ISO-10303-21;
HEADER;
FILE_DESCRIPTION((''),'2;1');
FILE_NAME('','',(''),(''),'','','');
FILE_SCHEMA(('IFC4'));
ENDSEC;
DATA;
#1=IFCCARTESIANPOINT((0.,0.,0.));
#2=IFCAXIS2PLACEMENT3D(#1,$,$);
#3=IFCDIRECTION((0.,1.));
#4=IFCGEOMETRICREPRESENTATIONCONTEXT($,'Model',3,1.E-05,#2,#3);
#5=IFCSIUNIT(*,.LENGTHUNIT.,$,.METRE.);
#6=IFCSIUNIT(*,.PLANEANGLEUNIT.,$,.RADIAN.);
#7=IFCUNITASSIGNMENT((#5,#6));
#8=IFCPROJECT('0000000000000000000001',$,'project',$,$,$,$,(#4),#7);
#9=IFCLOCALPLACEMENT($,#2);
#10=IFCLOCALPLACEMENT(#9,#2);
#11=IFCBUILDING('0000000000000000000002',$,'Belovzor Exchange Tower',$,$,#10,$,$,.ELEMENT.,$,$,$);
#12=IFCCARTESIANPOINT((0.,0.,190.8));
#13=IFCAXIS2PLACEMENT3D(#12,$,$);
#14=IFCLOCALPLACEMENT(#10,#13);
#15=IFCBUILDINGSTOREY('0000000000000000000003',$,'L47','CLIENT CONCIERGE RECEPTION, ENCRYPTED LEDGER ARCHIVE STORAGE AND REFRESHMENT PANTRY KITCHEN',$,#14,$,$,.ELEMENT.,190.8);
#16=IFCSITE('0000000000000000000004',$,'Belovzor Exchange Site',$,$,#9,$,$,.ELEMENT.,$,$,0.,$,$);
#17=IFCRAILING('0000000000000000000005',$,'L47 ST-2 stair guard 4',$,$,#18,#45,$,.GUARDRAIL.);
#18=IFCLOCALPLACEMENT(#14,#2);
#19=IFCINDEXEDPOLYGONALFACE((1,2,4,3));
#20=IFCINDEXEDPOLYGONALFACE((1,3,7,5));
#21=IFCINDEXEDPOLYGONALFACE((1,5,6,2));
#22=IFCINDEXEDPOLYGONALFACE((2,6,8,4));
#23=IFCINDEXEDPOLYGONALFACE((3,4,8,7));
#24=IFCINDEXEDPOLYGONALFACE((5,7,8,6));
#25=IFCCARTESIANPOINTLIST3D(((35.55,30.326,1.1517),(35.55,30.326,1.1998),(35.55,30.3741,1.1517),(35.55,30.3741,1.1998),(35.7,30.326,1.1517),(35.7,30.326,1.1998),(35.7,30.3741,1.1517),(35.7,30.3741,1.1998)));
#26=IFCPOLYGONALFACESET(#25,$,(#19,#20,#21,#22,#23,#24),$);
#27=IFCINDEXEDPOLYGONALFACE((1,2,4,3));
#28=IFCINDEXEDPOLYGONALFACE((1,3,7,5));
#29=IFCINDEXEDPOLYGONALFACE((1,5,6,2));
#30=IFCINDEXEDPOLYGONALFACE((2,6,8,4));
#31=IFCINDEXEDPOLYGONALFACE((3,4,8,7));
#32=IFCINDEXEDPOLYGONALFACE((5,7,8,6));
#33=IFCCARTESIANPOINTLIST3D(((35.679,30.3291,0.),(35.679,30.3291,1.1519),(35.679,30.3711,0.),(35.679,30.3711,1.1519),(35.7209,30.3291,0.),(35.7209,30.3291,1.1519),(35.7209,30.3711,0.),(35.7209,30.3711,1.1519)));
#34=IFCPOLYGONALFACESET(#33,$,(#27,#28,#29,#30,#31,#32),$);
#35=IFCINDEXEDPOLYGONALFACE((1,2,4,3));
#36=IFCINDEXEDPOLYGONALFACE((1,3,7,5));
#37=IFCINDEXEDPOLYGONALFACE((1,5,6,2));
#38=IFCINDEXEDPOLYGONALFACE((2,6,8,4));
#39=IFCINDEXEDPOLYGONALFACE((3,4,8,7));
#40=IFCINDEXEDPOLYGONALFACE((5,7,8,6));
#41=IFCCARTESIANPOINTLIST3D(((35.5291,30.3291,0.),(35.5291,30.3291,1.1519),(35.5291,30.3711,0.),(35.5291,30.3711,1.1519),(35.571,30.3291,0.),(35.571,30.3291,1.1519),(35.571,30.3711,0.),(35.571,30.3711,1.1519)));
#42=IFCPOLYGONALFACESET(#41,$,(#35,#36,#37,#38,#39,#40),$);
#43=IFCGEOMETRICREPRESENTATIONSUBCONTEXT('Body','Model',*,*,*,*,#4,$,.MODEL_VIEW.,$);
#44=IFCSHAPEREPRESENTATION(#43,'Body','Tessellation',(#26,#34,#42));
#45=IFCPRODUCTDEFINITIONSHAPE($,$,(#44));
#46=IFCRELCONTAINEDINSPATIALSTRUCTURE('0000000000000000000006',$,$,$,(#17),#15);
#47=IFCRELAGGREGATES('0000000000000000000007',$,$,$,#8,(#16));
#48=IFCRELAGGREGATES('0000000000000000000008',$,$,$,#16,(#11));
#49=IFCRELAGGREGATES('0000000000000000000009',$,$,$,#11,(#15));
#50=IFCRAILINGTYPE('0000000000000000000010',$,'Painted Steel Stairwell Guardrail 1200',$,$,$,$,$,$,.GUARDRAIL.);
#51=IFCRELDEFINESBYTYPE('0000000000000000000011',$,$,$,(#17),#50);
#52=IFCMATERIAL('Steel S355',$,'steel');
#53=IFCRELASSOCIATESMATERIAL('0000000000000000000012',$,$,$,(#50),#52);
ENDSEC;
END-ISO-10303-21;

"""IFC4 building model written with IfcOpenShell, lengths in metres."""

from ifc_helpers import new_model, si_unit, direction, frame, origin, origin_2d, place, context, subcontext, project, spatial, rectangle, extrude, material, type_object, element, save


model = new_model("IFC4")

# Units and contexts
model_context = context("Model", 3, precision=1e-05, world=origin(), true_north=direction((0.0, 1.0)))
body_context = subcontext(model_context, "Body", "Model", "MODEL_VIEW")
ifc_project = project(units=[si_unit("LENGTHUNIT", "METRE"), si_unit("PLANEANGLEUNIT", "RADIAN")], contexts=[model_context])

# Site, building, storey
site_placement = place(None, origin())
site = spatial("IfcSite", under=ifc_project, at=site_placement, Name="Belovzor Exchange Site", CompositionType="ELEMENT", RefElevation=0.0)
building_placement = place(site_placement, origin())
building = spatial("IfcBuilding", under=site, at=building_placement, Name="Belovzor Exchange Tower", CompositionType="ELEMENT")
storey_placement = place(building_placement, frame((0.0, 0.0, 190.8)))
storey = spatial("IfcBuildingStorey", under=building, at=storey_placement, Name="L47", Description="CLIENT CONCIERGE RECEPTION, ENCRYPTED LEDGER ARCHIVE STORAGE AND REFRESHMENT PANTRY KITCHEN", CompositionType="ELEMENT", Elevation=190.8)

# Railing
ifc_material_1 = material(Name="Steel S355", Category="steel")
railing_type_1 = type_object("IfcRailingType", Name="Painted Steel Stairwell Guardrail 1200", PredefinedType="GUARDRAIL", material=ifc_material_1)
railing_1_placement = place(storey_placement, frame((35.7, 30.3501, 0.0)))
element("IfcRailing", 1, at=railing_1_placement, inside=storey, type_object=railing_type_1, Name="L47 ST-2 stair guard 4", PredefinedType="GUARDRAIL", context=body_context, shape_type="SweptSolid", body=[
    extrude(rectangle(XDim=0.0481, YDim=0.0481, at=origin_2d()), frame((0.0, 0.0, 1.1758), z_axis=(-1.0, 0.0, 0.0), x_axis=(0.0, -1.0, 0.0)), (0.0, 0.0, 1.0), 0.1499),
    extrude(rectangle(XDim=0.042, YDim=0.042, at=origin_2d()), origin(), (0.0, 0.0, 1.0), 1.1519),
    extrude(rectangle(XDim=0.042, YDim=0.042, at=origin_2d()), frame((-0.1499, 0.0, 0.0)), (0.0, 0.0, 1.0), 1.1519),
])

save(model, "model.ifc")
